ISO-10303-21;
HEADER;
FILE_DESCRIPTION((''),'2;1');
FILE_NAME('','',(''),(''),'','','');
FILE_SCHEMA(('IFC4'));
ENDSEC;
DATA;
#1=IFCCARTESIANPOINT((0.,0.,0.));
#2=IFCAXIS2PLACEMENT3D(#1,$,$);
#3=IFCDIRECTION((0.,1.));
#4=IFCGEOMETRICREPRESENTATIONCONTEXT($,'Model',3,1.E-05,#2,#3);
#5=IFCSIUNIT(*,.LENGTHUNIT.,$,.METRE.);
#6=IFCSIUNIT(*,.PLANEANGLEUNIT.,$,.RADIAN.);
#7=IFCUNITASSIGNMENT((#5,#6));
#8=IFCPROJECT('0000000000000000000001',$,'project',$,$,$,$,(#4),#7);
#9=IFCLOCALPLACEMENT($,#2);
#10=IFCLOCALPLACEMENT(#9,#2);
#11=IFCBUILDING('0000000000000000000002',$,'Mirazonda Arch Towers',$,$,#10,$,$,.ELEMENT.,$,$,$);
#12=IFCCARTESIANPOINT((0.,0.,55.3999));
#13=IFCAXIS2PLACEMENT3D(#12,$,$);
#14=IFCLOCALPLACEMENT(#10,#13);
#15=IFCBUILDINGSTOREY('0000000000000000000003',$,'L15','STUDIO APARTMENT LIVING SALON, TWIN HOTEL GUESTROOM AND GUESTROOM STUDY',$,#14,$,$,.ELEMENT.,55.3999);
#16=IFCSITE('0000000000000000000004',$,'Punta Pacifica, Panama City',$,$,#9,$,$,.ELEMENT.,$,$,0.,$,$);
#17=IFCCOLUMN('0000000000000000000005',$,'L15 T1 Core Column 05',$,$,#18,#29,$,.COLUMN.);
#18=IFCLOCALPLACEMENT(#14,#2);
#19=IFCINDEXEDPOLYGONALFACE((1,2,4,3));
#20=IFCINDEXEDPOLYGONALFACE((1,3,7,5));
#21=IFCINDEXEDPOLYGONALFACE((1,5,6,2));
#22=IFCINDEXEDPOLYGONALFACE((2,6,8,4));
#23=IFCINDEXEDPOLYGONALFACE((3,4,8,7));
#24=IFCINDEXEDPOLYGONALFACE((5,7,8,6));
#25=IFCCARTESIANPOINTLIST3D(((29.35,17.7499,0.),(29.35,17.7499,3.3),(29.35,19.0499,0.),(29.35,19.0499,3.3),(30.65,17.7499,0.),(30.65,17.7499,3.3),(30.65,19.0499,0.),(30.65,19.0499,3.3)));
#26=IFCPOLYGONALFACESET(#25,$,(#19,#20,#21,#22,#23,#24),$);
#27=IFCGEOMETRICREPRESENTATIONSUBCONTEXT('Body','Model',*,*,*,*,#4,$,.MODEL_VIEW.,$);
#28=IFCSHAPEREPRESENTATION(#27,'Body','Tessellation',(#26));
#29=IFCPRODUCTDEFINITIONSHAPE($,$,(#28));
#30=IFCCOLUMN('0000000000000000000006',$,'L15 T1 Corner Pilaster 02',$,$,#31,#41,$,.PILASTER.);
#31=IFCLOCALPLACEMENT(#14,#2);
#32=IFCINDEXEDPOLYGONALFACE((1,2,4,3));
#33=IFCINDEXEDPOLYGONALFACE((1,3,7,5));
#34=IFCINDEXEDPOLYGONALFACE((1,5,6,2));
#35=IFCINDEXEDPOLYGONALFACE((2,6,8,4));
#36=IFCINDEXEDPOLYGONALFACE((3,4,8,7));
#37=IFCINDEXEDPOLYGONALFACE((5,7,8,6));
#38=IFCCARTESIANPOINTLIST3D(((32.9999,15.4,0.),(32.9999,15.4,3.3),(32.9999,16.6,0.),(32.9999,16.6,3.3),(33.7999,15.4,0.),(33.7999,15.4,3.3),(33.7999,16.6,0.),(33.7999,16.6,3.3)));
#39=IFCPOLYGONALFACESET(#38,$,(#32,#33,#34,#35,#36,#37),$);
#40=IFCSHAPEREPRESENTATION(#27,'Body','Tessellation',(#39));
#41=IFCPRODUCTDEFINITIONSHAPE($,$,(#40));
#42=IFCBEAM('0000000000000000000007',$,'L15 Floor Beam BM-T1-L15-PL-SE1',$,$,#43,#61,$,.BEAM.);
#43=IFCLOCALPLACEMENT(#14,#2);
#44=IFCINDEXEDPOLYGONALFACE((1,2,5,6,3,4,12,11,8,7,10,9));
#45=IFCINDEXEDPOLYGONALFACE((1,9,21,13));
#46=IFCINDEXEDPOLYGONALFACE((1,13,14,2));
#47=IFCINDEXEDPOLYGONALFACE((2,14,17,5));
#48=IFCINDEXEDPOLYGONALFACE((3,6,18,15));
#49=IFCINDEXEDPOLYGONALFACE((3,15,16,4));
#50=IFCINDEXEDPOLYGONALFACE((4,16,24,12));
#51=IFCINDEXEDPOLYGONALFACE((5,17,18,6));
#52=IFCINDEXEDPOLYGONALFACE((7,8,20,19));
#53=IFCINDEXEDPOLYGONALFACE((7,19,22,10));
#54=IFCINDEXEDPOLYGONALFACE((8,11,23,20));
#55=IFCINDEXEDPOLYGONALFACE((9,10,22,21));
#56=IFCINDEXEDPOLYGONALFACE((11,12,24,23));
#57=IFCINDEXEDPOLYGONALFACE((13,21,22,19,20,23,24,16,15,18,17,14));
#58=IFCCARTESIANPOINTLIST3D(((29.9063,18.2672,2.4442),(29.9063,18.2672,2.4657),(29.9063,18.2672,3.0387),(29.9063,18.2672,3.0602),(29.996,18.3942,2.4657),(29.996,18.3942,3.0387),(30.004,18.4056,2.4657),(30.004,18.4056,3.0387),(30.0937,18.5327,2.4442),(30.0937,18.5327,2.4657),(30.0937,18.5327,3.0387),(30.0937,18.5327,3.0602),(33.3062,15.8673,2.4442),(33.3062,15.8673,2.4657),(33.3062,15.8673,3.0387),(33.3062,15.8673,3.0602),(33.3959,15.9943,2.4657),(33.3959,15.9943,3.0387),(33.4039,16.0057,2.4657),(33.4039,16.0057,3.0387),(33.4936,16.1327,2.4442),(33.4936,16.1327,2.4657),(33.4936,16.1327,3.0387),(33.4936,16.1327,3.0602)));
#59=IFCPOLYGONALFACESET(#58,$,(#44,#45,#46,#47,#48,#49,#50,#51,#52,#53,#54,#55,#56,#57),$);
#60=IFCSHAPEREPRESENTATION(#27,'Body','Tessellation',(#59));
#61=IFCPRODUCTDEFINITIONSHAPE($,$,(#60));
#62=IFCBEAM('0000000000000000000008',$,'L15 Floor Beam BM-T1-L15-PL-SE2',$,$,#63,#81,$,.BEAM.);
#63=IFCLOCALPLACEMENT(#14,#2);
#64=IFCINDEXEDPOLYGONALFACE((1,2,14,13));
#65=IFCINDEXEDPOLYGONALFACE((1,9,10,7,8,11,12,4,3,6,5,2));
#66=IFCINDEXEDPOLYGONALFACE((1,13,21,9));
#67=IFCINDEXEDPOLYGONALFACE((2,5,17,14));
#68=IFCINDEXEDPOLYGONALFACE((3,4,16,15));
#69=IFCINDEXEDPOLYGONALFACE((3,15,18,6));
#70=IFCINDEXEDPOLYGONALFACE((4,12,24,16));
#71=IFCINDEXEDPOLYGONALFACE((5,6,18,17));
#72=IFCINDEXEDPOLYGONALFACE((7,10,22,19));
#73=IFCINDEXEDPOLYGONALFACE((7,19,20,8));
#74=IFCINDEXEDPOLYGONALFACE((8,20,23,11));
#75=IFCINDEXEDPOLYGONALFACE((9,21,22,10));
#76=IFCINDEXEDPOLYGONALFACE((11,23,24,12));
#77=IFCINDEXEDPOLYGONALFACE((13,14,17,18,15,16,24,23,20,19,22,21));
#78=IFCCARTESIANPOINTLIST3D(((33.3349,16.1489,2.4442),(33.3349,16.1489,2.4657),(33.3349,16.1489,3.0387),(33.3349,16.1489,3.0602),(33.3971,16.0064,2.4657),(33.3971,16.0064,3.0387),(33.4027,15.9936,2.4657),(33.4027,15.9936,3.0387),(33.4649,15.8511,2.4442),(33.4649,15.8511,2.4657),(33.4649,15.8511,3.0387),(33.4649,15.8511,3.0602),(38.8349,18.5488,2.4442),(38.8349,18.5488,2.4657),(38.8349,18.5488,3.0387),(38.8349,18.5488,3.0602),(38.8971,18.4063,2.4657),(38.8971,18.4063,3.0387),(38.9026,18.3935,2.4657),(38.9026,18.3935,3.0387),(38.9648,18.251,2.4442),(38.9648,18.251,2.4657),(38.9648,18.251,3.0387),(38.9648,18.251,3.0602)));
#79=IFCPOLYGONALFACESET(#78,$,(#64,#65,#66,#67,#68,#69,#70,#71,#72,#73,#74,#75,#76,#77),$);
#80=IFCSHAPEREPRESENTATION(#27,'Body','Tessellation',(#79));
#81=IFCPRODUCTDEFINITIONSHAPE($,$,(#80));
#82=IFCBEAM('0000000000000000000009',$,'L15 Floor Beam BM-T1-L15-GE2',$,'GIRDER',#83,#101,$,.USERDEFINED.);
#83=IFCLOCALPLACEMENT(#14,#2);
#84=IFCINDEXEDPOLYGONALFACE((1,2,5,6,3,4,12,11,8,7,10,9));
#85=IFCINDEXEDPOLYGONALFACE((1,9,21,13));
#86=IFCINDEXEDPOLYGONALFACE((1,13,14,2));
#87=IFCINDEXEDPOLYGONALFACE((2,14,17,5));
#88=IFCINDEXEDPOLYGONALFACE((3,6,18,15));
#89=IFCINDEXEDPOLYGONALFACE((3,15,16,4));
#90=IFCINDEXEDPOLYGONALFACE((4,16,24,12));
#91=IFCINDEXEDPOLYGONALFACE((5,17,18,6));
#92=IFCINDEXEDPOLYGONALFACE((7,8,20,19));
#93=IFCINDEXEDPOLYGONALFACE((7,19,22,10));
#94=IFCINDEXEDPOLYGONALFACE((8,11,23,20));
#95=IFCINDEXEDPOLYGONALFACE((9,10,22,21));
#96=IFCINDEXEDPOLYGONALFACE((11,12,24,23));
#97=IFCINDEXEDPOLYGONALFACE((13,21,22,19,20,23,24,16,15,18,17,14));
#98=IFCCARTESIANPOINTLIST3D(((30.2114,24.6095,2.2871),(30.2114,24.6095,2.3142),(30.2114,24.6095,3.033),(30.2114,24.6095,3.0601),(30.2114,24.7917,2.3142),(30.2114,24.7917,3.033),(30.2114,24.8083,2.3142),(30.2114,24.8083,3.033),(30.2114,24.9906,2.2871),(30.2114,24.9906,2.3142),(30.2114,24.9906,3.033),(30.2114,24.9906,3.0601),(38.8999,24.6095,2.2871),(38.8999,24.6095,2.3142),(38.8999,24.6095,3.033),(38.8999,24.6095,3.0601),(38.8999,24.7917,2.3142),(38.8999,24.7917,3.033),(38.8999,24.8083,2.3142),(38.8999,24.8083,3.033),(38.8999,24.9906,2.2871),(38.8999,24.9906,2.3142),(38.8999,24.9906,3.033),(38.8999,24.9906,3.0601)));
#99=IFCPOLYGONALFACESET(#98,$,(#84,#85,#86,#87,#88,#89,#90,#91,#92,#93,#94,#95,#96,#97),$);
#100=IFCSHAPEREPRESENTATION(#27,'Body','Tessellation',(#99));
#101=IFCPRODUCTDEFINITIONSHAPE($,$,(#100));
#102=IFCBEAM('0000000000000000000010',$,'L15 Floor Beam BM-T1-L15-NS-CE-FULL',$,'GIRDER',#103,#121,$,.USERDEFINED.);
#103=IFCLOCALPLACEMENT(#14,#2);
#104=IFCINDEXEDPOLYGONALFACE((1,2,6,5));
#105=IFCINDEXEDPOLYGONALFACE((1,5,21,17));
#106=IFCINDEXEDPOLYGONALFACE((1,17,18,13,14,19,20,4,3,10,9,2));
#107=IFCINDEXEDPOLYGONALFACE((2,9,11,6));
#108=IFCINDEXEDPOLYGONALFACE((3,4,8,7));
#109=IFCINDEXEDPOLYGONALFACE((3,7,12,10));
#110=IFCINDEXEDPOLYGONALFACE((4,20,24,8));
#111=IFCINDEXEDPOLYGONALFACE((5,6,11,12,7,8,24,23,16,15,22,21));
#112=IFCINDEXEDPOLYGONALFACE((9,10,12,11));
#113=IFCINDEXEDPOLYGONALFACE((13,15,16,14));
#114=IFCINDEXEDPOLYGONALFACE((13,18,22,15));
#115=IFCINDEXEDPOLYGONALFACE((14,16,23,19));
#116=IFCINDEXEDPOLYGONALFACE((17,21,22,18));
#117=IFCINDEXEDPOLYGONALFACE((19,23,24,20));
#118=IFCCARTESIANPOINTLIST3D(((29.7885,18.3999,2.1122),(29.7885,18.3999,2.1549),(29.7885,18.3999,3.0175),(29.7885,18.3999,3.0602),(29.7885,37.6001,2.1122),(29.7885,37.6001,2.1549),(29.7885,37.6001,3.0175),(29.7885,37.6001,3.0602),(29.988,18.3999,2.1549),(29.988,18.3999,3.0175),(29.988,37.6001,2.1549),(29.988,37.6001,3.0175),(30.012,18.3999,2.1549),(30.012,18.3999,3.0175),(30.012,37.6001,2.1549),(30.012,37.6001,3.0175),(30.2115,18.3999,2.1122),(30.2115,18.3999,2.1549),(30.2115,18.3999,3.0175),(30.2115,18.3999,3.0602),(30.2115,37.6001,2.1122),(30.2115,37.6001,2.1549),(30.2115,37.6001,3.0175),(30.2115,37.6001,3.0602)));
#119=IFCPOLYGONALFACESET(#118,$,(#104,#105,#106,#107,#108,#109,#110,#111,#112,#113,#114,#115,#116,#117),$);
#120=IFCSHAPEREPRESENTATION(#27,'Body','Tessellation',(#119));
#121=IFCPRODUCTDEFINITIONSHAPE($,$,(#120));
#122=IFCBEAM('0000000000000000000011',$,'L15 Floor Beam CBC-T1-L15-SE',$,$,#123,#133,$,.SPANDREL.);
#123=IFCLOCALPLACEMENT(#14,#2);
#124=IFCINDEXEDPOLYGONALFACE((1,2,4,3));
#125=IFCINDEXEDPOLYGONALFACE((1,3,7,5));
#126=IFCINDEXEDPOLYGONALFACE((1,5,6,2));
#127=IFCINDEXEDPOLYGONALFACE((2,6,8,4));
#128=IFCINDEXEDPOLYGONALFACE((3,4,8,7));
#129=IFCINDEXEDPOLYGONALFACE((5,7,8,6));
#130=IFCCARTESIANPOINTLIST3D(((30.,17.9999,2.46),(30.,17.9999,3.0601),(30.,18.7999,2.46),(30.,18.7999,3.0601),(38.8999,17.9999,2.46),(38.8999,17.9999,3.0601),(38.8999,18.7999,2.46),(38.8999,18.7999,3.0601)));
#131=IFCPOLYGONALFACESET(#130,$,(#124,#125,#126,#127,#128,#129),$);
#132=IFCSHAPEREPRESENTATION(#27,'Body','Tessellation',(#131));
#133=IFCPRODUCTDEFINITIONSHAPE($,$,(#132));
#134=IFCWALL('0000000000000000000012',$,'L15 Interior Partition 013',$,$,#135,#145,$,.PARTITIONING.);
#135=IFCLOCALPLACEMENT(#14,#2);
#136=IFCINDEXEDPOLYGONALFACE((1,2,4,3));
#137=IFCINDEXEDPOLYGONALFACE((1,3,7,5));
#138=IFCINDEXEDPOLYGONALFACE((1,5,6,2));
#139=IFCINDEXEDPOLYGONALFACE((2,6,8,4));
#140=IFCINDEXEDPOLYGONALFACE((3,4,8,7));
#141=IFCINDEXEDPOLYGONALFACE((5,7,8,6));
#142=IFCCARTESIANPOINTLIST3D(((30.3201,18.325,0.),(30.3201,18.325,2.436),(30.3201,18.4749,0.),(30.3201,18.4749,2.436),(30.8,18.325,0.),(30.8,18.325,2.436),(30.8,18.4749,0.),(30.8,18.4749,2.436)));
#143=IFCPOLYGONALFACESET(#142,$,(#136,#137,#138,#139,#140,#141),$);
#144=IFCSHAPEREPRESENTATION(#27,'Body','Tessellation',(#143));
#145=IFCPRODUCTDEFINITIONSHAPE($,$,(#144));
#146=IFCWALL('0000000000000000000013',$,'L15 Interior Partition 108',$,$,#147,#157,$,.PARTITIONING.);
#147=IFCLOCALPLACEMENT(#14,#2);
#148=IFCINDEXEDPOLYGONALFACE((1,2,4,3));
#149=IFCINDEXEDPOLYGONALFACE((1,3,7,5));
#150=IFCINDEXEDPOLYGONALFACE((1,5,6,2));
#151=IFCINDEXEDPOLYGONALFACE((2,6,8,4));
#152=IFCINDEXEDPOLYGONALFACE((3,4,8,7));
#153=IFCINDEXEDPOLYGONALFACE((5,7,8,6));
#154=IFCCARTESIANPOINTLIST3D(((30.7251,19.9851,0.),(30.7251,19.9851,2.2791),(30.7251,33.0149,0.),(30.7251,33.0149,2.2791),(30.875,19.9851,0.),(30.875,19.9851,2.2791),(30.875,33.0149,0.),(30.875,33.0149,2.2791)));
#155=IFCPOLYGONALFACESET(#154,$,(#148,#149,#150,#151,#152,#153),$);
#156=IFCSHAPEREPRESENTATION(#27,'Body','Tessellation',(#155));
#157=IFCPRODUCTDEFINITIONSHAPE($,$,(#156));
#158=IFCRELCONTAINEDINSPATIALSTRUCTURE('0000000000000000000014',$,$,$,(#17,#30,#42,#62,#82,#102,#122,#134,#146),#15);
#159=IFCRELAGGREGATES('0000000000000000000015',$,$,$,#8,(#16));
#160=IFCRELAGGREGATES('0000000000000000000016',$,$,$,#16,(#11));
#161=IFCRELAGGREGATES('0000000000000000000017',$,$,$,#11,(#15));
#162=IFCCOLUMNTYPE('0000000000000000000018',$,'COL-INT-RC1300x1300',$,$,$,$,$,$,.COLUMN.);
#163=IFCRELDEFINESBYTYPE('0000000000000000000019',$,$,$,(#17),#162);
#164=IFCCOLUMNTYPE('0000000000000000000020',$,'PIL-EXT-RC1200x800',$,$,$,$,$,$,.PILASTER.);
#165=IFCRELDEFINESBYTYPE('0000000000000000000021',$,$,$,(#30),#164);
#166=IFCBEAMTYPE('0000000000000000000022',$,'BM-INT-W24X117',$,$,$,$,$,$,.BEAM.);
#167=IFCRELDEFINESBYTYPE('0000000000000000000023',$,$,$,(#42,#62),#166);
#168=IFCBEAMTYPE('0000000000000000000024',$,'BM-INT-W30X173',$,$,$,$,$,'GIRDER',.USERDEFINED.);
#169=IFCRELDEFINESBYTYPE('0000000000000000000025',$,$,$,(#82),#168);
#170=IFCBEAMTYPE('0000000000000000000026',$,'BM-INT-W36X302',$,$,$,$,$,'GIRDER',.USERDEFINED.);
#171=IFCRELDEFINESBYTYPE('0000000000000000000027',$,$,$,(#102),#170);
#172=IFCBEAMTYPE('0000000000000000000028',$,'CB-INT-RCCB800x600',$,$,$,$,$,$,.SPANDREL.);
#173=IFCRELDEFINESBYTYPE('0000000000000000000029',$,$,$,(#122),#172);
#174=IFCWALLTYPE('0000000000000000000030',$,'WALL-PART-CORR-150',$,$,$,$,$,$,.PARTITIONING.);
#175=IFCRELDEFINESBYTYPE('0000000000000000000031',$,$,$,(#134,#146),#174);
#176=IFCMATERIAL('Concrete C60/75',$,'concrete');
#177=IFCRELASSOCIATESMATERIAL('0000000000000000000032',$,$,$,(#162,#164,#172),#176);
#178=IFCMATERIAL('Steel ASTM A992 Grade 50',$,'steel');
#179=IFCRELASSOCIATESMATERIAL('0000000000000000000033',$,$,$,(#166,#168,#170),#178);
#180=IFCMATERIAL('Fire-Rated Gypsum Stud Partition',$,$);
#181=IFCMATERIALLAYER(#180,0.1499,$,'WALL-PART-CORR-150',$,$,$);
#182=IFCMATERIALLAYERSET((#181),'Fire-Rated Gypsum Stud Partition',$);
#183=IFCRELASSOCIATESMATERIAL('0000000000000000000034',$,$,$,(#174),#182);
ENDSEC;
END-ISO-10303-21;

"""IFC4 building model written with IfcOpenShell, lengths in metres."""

from ifc_helpers import new_model, si_unit, direction, frame, frame_2d, origin, origin_2d, place, context, subcontext, project, spatial, rectangle, i_section, extrude, material, layer, layer_set, material_profile, profile_set, type_object, element, save


model = new_model("IFC4")

# Units and contexts
model_context = context("Model", 3, precision=1e-05, world=origin(), true_north=direction((0.0, 1.0)))
body_context = subcontext(model_context, "Body", "Model", "MODEL_VIEW")
ifc_project = project(units=[si_unit("LENGTHUNIT", "METRE"), si_unit("PLANEANGLEUNIT", "RADIAN")], contexts=[model_context])

# Site, building, storey
site_placement = place(None, origin())
site = spatial("IfcSite", under=ifc_project, at=site_placement, Name="Punta Pacifica, Panama City", CompositionType="ELEMENT", RefElevation=0.0)
building_placement = place(site_placement, origin())
building = spatial("IfcBuilding", under=site, at=building_placement, Name="Mirazonda Arch Towers", CompositionType="ELEMENT")
storey_placement = place(building_placement, frame((0.0, 0.0, 55.3999)))
storey = spatial("IfcBuildingStorey", under=building, at=storey_placement, Name="L15", Description="STUDIO APARTMENT LIVING SALON, TWIN HOTEL GUESTROOM AND GUESTROOM STUDY", CompositionType="ELEMENT", Elevation=55.3999)

# Columns
ifc_material_1 = material(Name="Concrete C60/75", Category="concrete")
ifc_material_profile_1 = material_profile(ifc_material_1, rectangle(XDim=1.3, YDim=1.3, at=origin_2d()), Name="RC1300x1300")
ifc_profile_set_1 = profile_set([ifc_material_profile_1], Name="Concrete C60/75")
column_type_1 = type_object("IfcColumnType", Name="COL-INT-RC1300x1300", PredefinedType="COLUMN", material=ifc_profile_set_1)
column_1_placement = place(storey_placement, frame((30.0, 18.3999, 0.0), z_axis=(0.0, 0.0, 1.0), x_axis=(1.0, 0.0, 0.0)))
element("IfcColumn", 1, at=column_1_placement, inside=storey, type_object=column_type_1, Name="L15 T1 Core Column 05", PredefinedType="COLUMN", context=body_context, shape_type="SweptSolid", body=[
    extrude(rectangle(XDim=1.3, YDim=1.3, at=origin_2d()), origin(), (0.0, 0.0, 1.0), 3.3),
])
ifc_material_profile_2 = material_profile(ifc_material_1, rectangle(XDim=0.8, YDim=1.2, at=origin_2d()), Name="RC1200x800")
ifc_profile_set_2 = profile_set([ifc_material_profile_2], Name="Concrete C60/75")
column_type_2 = type_object("IfcColumnType", Name="PIL-EXT-RC1200x800", PredefinedType="PILASTER", material=ifc_profile_set_2)
column_2_placement = place(storey_placement, frame((33.3999, 16.0, 0.0), z_axis=(0.0, 0.0, 1.0), x_axis=(1.0, 0.0, 0.0)))
element("IfcColumn", 2, at=column_2_placement, inside=storey, type_object=column_type_2, Name="L15 T1 Corner Pilaster 02", PredefinedType="PILASTER", context=body_context, shape_type="SweptSolid", body=[
    extrude(rectangle(XDim=0.8, YDim=1.2, at=origin_2d()), origin(), (0.0, 0.0, 1.0), 3.3),
])

# Beams
ifc_material_2 = material(Name="Steel ASTM A992 Grade 50", Category="steel")
ifc_material_profile_3 = material_profile(ifc_material_2, i_section(OverallWidth=0.325, OverallDepth=0.616, WebThickness=0.0139, FlangeThickness=0.0215, at=origin_2d()), Name="W24X117")
ifc_profile_set_3 = profile_set([ifc_material_profile_3], Name="Steel ASTM A992 Grade 50")
beam_type_1 = type_object("IfcBeamType", Name="BM-INT-W24X117", PredefinedType="BEAM", material=ifc_profile_set_3)
beam_1_placement = place(storey_placement, frame((33.3999, 16.0, 2.7522), z_axis=(-0.816971, 0.576679, 0.0), x_axis=(-0.576679, -0.816971, 0.0)))
element("IfcBeam", 3, at=beam_1_placement, inside=storey, type_object=beam_type_1, Name="L15 Floor Beam BM-T1-L15-PL-SE1", PredefinedType="BEAM", context=body_context, shape_type="SweptSolid", body=[
    extrude(i_section(OverallWidth=0.325, OverallDepth=0.616, WebThickness=0.0139, FlangeThickness=0.0215, at=origin_2d()), origin(), (0.0, 0.0, 1.0), 4.1616),
])
beam_2_placement = place(storey_placement, frame((33.3999, 16.0, 2.7522), z_axis=(0.916545, 0.399931, 0.0), x_axis=(-0.399931, 0.916545, 0.0)))
element("IfcBeam", 4, at=beam_2_placement, inside=storey, type_object=beam_type_1, Name="L15 Floor Beam BM-T1-L15-PL-SE2", PredefinedType="BEAM", context=body_context, shape_type="SweptSolid", body=[
    extrude(i_section(OverallWidth=0.325, OverallDepth=0.616, WebThickness=0.0139, FlangeThickness=0.0215, at=origin_2d()), origin(), (0.0, 0.0, 1.0), 6.0007),
])
ifc_material_profile_4 = material_profile(ifc_material_2, i_section(OverallWidth=0.3811, OverallDepth=0.7729, WebThickness=0.0166, FlangeThickness=0.0271, at=origin_2d()), Name="W30X173")
ifc_profile_set_4 = profile_set([ifc_material_profile_4], Name="Steel ASTM A992 Grade 50")
beam_type_2 = type_object("IfcBeamType", Name="BM-INT-W30X173", ElementType="GIRDER", PredefinedType="USERDEFINED", material=ifc_profile_set_4)
beam_3_placement = place(storey_placement, frame((30.2114, 24.8, 2.6736), z_axis=(1.0, 0.0, 0.0), x_axis=(0.0, 1.0, 0.0)))
element("IfcBeam", 5, at=beam_3_placement, inside=storey, type_object=beam_type_2, Name="L15 Floor Beam BM-T1-L15-GE2", ObjectType="GIRDER", PredefinedType="USERDEFINED", context=body_context, shape_type="SweptSolid", body=[
    extrude(i_section(OverallWidth=0.3811, OverallDepth=0.7729, WebThickness=0.0166, FlangeThickness=0.0271, at=origin_2d()), origin(), (0.0, 0.0, 1.0), 8.6885),
])
ifc_material_profile_5 = material_profile(ifc_material_2, i_section(OverallWidth=0.4231, OverallDepth=0.948, WebThickness=0.0239, FlangeThickness=0.0427, at=origin_2d()), Name="W36X302")
ifc_profile_set_5 = profile_set([ifc_material_profile_5], Name="Steel ASTM A992 Grade 50")
beam_type_3 = type_object("IfcBeamType", Name="BM-INT-W36X302", ElementType="GIRDER", PredefinedType="USERDEFINED", material=ifc_profile_set_5)
beam_4_placement = place(storey_placement, frame((30.0, 18.3999, 2.5862), z_axis=(0.0, 1.0, 0.0), x_axis=(-1.0, 0.0, 0.0)))
element("IfcBeam", 6, at=beam_4_placement, inside=storey, type_object=beam_type_3, Name="L15 Floor Beam BM-T1-L15-NS-CE-FULL", ObjectType="GIRDER", PredefinedType="USERDEFINED", context=body_context, shape_type="SweptSolid", body=[
    extrude(i_section(OverallWidth=0.4231, OverallDepth=0.948, WebThickness=0.0239, FlangeThickness=0.0427, at=origin_2d()), origin(), (0.0, 0.0, 1.0), 19.2002),
])
ifc_material_profile_6 = material_profile(ifc_material_1, rectangle(XDim=0.8, YDim=0.6001, at=origin_2d()), Name="RCCB800x600")
ifc_profile_set_6 = profile_set([ifc_material_profile_6], Name="Concrete C60/75")
beam_type_4 = type_object("IfcBeamType", Name="CB-INT-RCCB800x600", PredefinedType="SPANDREL", material=ifc_profile_set_6)
beam_5_placement = place(storey_placement, frame((30.0, 18.3999, 2.76), z_axis=(1.0, 0.0, 0.0), x_axis=(0.0, 1.0, 0.0)))
element("IfcBeam", 7, at=beam_5_placement, inside=storey, type_object=beam_type_4, Name="L15 Floor Beam CBC-T1-L15-SE", PredefinedType="SPANDREL", context=body_context, shape_type="SweptSolid", body=[
    extrude(rectangle(XDim=0.8, YDim=0.6001, at=origin_2d()), origin(), (0.0, 0.0, 1.0), 8.8999),
])

# Walls
ifc_material_3 = material(Name="Fire-Rated Gypsum Stud Partition")
ifc_layer_1 = layer(ifc_material_3, 0.1499, Name="WALL-PART-CORR-150")
ifc_layer_set_1 = layer_set([ifc_layer_1], Name="Fire-Rated Gypsum Stud Partition")
wall_type_1 = type_object("IfcWallType", Name="WALL-PART-CORR-150", PredefinedType="PARTITIONING", material=ifc_layer_set_1)
wall_1_placement = place(storey_placement, frame((30.3201, 18.3999, 0.0), z_axis=(0.0, 0.0, 1.0), x_axis=(1.0, 0.0, 0.0)))
element("IfcWall", 8, at=wall_1_placement, inside=storey, type_object=wall_type_1, Name="L15 Interior Partition 013", PredefinedType="PARTITIONING", context=body_context, shape_type="SweptSolid", body=[
    extrude(rectangle(XDim=0.48, YDim=0.1499, at=frame_2d((0.24, 0.0))), origin(), (0.0, 0.0, 1.0), 2.436),
])
wall_2_placement = place(storey_placement, frame((30.8, 19.9851, 0.0), z_axis=(0.0, 0.0, 1.0), x_axis=(0.0, 1.0, 0.0)))
element("IfcWall", 9, at=wall_2_placement, inside=storey, type_object=wall_type_1, Name="L15 Interior Partition 108", PredefinedType="PARTITIONING", context=body_context, shape_type="SweptSolid", body=[
    extrude(rectangle(XDim=13.0298, YDim=0.1499, at=frame_2d((6.5149, 0.0))), origin(), (0.0, 0.0, 1.0), 2.2791),
])

save(model, "model.ifc")
